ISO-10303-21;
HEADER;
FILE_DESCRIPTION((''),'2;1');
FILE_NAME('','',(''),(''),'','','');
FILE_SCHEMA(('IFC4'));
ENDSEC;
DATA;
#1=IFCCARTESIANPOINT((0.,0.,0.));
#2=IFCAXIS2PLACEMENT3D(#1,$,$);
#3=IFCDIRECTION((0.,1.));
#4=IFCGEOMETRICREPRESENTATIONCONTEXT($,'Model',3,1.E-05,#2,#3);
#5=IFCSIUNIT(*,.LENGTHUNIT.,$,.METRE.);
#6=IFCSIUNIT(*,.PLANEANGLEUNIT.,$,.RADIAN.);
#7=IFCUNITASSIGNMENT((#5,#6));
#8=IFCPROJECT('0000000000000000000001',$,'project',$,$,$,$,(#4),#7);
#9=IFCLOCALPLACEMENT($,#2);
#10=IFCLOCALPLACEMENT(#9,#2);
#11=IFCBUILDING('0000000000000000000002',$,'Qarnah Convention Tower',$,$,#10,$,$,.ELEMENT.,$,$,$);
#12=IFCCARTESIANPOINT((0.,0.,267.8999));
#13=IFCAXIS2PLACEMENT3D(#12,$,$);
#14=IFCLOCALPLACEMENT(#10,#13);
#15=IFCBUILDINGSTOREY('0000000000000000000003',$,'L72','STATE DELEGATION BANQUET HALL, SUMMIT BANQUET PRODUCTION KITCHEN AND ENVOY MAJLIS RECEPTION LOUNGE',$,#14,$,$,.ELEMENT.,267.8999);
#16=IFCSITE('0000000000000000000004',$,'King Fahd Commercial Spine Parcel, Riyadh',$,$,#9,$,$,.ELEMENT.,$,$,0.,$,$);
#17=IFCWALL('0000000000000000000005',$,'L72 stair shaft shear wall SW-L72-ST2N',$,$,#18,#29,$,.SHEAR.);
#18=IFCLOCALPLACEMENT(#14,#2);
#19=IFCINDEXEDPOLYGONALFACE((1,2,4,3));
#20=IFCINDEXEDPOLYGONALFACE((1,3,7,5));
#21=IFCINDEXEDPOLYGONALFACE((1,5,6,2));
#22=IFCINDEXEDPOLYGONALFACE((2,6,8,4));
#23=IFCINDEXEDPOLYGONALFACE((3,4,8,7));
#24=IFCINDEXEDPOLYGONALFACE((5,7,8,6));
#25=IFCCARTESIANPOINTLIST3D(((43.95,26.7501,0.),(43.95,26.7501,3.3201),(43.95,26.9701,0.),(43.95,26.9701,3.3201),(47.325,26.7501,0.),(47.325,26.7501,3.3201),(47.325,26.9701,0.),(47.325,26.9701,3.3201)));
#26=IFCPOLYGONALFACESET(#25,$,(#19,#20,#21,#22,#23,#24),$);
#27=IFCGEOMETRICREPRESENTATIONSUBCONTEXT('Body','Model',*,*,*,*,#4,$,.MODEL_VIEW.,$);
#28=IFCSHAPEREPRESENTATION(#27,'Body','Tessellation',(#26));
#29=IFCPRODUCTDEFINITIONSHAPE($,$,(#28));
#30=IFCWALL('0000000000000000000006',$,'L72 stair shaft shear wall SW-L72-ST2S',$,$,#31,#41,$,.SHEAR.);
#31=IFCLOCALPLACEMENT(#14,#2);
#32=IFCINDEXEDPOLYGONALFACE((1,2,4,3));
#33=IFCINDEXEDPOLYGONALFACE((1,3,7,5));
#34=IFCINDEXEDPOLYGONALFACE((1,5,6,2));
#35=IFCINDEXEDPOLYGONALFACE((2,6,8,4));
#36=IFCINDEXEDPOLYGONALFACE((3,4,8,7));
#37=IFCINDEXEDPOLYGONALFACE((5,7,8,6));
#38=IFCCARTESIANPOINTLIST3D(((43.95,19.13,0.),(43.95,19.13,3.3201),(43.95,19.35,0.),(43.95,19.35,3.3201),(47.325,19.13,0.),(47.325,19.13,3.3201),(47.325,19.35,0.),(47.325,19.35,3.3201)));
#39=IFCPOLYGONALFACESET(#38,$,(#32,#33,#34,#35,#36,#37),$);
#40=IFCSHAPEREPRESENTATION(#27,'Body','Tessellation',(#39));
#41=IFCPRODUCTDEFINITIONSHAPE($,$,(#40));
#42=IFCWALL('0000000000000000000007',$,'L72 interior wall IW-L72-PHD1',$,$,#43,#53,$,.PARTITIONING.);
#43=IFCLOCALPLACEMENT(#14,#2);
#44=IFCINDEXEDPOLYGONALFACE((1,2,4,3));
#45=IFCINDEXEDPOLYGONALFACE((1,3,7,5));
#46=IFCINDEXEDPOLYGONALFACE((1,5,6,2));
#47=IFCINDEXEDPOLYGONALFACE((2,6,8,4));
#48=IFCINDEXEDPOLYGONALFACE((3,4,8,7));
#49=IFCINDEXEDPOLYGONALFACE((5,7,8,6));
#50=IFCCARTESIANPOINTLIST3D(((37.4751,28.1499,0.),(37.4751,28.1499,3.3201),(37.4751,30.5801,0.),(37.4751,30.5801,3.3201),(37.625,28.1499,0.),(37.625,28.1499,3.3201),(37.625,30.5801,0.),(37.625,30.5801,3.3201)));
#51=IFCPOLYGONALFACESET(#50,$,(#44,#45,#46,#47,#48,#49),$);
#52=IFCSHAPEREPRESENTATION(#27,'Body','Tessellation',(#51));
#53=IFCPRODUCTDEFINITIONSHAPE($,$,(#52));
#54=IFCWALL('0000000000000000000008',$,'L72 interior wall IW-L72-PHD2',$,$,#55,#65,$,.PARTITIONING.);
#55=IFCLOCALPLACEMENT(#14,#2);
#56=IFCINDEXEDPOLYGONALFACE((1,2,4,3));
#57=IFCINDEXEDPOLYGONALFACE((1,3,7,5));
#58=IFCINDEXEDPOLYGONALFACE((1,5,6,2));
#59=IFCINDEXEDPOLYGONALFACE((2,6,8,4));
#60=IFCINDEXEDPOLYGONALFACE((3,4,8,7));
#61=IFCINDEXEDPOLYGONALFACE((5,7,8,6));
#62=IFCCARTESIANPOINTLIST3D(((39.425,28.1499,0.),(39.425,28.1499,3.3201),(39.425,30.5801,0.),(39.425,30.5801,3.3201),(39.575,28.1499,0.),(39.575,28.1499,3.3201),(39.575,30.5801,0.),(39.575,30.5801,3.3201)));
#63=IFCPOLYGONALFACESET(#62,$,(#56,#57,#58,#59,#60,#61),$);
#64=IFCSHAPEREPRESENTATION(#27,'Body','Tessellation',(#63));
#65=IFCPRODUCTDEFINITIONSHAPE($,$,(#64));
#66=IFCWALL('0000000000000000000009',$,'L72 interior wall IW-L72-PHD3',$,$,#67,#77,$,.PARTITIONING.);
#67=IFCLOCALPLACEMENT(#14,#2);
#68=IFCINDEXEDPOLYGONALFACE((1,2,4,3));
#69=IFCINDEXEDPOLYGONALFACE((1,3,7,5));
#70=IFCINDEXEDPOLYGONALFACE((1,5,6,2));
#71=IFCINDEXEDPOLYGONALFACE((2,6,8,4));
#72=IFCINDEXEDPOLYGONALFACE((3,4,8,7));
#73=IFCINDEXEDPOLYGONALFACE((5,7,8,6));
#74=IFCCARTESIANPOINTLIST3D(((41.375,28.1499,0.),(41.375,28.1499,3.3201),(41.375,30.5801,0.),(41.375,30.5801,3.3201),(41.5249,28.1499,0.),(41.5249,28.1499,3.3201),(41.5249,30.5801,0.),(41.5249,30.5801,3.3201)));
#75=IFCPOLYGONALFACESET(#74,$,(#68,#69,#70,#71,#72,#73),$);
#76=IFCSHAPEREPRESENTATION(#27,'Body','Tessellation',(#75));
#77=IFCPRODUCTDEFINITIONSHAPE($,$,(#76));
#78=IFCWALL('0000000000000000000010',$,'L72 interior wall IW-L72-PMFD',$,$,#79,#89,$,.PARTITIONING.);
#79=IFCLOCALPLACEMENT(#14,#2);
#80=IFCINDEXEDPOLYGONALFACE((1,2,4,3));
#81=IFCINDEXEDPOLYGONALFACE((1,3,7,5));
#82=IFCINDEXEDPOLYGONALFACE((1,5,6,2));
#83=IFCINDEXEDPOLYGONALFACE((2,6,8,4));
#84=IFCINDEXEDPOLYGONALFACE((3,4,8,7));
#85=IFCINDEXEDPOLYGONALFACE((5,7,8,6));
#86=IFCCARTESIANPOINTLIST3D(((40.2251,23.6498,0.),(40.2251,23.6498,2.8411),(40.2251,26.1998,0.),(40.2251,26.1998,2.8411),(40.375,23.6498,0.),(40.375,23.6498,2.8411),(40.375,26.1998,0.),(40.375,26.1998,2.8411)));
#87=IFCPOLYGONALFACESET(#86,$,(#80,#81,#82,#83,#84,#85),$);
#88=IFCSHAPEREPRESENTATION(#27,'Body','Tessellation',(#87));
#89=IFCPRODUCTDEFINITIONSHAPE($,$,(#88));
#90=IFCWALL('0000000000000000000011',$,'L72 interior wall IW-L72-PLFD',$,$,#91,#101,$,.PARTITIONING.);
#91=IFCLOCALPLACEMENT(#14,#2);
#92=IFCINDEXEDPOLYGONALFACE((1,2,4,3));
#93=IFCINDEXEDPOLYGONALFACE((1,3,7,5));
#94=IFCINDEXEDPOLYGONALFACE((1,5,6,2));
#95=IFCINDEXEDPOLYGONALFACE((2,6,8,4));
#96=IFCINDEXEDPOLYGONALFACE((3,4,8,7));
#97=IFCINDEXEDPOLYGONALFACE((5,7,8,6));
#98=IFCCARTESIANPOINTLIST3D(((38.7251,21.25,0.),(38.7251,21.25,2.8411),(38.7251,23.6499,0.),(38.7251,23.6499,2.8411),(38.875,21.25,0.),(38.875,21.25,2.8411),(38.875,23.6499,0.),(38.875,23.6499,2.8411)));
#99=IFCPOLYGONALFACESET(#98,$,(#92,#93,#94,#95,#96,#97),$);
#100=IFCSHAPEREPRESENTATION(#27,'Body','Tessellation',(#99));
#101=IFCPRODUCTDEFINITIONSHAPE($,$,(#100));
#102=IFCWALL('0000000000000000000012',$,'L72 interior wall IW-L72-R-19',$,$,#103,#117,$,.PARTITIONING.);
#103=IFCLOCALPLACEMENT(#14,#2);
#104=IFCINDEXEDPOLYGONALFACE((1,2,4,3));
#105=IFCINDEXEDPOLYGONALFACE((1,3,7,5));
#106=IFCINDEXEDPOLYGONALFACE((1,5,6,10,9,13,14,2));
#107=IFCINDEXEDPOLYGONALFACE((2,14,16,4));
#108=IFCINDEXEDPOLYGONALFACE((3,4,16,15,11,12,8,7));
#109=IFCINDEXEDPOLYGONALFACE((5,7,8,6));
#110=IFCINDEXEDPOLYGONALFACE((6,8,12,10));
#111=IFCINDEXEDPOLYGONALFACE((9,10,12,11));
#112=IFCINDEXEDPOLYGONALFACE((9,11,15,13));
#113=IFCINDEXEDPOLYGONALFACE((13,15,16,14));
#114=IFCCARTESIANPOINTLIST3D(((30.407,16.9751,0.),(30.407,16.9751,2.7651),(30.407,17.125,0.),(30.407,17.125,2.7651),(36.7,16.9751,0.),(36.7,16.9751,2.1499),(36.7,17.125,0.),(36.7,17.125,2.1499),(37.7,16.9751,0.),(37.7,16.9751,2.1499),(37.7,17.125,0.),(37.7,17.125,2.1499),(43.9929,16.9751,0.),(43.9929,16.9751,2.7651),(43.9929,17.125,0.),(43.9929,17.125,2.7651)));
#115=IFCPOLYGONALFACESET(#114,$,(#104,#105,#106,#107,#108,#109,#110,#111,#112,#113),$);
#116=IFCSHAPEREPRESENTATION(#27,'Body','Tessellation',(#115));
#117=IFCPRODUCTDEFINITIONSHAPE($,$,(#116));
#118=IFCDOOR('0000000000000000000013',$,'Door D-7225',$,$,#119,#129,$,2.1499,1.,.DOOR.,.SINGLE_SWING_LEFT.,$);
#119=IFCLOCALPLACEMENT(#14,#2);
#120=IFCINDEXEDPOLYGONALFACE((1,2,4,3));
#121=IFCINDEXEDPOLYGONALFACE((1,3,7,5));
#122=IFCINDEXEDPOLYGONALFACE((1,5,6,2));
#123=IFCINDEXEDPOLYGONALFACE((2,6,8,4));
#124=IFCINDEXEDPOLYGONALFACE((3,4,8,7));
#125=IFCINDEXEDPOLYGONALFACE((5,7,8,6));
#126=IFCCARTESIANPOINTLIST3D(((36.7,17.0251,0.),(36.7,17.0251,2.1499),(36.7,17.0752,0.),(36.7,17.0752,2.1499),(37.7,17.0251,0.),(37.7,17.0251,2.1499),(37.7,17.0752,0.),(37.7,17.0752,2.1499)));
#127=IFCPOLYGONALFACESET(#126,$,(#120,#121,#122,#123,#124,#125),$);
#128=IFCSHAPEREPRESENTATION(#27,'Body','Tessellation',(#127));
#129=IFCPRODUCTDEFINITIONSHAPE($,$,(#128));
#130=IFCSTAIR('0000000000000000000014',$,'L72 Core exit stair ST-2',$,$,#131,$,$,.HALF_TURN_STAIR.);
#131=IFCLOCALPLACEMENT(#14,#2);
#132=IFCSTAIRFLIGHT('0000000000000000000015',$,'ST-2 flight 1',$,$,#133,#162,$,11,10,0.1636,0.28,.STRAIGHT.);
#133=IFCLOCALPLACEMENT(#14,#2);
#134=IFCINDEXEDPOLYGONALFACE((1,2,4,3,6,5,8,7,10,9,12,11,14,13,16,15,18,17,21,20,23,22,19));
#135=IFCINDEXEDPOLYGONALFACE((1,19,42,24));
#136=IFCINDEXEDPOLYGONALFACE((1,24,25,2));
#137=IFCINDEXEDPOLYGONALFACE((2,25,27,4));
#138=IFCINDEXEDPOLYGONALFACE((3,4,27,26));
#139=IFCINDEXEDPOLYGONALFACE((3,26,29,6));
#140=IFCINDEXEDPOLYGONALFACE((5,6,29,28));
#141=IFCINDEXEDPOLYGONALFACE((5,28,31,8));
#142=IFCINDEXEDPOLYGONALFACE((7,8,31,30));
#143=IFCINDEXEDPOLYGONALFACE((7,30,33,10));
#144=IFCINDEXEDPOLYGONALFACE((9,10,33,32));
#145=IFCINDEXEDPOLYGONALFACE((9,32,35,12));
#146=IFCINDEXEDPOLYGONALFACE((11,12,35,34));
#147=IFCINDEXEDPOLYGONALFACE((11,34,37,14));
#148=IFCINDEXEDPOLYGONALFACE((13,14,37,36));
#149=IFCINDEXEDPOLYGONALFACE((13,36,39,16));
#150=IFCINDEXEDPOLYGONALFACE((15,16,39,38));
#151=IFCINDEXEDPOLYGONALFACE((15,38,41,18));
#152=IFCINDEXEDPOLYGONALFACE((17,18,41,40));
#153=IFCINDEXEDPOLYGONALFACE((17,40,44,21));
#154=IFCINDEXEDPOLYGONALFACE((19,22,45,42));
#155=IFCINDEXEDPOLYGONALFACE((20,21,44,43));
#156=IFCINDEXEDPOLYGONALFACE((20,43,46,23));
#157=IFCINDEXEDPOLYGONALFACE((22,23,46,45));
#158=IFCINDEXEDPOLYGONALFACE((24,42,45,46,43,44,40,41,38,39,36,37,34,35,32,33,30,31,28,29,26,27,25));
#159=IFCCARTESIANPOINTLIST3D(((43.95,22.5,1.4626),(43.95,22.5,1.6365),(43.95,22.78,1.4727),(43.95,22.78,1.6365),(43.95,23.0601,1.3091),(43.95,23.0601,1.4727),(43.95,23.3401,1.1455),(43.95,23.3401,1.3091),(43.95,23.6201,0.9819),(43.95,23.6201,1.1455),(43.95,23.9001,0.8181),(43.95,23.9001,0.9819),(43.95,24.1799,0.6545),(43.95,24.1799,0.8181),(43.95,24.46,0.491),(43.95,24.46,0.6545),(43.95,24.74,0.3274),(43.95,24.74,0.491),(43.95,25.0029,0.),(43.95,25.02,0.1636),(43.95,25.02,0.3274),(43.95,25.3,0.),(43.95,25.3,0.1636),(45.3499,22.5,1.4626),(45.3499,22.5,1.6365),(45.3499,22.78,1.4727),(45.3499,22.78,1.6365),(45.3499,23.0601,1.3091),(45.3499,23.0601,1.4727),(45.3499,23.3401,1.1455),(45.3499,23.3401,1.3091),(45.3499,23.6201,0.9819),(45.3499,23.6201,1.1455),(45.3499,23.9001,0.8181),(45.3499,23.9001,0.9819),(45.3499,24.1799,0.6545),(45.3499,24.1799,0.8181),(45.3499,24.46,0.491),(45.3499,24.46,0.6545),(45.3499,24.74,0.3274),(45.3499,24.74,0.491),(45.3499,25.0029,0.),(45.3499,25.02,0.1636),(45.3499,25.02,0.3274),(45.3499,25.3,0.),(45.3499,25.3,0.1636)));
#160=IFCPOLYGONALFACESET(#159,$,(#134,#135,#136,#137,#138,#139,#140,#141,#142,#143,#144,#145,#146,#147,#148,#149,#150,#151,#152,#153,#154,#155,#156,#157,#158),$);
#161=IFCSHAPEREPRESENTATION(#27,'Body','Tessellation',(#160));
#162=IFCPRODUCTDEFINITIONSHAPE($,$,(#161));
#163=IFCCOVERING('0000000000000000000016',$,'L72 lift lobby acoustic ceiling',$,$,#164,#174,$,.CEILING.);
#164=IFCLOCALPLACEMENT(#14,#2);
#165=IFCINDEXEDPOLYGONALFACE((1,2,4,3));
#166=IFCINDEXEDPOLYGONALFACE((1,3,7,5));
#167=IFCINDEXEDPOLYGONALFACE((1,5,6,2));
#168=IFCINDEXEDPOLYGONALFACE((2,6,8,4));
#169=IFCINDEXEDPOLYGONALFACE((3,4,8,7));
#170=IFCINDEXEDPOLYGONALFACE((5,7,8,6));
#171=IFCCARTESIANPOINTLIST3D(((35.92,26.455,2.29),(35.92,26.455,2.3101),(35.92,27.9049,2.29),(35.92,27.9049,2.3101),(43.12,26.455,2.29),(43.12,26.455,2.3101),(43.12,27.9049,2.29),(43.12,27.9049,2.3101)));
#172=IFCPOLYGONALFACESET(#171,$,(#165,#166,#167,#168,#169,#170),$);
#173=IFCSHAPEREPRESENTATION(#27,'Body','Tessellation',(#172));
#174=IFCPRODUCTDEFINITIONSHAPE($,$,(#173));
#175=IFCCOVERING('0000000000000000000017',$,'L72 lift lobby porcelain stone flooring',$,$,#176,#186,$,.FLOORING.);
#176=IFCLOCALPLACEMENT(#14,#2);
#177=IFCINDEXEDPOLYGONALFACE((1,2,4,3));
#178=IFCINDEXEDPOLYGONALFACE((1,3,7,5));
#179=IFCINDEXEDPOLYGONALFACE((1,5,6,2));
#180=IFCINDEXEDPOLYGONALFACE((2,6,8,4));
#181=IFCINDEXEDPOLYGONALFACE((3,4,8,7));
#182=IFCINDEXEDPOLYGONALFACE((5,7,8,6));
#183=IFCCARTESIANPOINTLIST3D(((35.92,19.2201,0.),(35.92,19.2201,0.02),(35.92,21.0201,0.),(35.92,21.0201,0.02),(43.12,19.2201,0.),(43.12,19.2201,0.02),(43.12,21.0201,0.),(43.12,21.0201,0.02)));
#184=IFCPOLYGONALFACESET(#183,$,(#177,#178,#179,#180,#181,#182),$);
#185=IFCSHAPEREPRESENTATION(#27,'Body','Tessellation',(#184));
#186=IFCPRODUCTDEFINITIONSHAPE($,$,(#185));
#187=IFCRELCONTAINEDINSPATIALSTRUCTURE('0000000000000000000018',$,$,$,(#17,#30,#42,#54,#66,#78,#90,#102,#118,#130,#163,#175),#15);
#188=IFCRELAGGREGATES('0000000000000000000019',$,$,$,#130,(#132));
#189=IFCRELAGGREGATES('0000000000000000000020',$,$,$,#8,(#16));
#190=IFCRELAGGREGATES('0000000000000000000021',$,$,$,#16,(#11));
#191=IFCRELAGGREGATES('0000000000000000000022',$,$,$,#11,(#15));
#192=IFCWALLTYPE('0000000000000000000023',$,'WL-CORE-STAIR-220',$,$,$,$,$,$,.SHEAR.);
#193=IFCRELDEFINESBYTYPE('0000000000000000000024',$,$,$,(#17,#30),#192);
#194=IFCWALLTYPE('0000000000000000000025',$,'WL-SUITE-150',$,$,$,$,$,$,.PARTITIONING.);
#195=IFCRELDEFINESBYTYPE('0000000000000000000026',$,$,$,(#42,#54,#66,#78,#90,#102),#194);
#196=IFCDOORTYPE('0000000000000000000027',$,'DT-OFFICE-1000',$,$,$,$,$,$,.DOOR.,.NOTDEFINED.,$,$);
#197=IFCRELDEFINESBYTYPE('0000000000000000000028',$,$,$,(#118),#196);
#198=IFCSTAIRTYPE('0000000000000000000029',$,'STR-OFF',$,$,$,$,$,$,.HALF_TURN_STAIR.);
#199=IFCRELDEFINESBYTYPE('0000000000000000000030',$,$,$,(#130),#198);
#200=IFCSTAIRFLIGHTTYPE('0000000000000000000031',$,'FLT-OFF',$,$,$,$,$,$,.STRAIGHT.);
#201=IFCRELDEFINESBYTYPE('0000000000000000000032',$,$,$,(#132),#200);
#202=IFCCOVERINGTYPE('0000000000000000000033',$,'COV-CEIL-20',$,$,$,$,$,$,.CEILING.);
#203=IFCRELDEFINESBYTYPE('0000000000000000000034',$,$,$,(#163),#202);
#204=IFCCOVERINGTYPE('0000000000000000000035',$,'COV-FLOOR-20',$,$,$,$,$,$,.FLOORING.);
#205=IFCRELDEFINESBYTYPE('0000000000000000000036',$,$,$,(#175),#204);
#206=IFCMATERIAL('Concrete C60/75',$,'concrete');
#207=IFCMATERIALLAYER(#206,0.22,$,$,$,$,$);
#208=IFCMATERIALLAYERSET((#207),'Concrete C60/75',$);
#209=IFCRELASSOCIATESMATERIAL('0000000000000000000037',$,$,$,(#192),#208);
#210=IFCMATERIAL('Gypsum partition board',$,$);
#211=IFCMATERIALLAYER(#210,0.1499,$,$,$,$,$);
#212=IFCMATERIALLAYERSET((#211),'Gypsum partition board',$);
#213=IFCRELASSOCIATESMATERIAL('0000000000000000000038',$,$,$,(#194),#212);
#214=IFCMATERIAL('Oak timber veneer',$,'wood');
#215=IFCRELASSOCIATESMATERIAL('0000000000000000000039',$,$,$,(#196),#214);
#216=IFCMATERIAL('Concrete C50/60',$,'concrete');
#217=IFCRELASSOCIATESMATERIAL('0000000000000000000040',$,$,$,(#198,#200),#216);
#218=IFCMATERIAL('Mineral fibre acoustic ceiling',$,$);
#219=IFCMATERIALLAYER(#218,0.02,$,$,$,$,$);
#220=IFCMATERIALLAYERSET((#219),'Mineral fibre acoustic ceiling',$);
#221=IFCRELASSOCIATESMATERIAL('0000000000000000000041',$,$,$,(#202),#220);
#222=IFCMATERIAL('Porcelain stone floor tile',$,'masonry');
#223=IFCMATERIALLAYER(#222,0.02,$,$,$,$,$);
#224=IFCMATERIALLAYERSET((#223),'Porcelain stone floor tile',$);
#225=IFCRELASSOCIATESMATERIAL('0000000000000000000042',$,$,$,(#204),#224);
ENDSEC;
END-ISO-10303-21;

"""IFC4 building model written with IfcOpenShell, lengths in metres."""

from ifc_helpers import new_model, si_unit, direction, frame, frame_2d, origin, origin_2d, place, context, subcontext, project, spatial, polyline, rectangle, outline, extrude, material, layer, layer_set, type_object, element, fill, aggregate, save


model = new_model("IFC4")

# Units and contexts
model_context = context("Model", 3, precision=1e-05, world=origin(), true_north=direction((0.0, 1.0)))
body_context = subcontext(model_context, "Body", "Model", "MODEL_VIEW")
ifc_project = project(units=[si_unit("LENGTHUNIT", "METRE"), si_unit("PLANEANGLEUNIT", "RADIAN")], contexts=[model_context])

# Site, building, storey
site_placement = place(None, origin())
site = spatial("IfcSite", under=ifc_project, at=site_placement, Name="King Fahd Commercial Spine Parcel, Riyadh", CompositionType="ELEMENT", RefElevation=0.0)
building_placement = place(site_placement, origin())
building = spatial("IfcBuilding", under=site, at=building_placement, Name="Qarnah Convention Tower", CompositionType="ELEMENT")
storey_placement = place(building_placement, frame((0.0, 0.0, 267.8999)))
storey = spatial("IfcBuildingStorey", under=building, at=storey_placement, Name="L72", Description="STATE DELEGATION BANQUET HALL, SUMMIT BANQUET PRODUCTION KITCHEN AND ENVOY MAJLIS RECEPTION LOUNGE", CompositionType="ELEMENT", Elevation=267.8999)

# Shared definitions
ifc_material_1 = material(Name="Concrete C50/60", Category="concrete")

# Shared definitions
ifc_material_2 = material(Name="Concrete C60/75", Category="concrete")

# Walls
ifc_layer_1 = layer(ifc_material_2, 0.22)
ifc_layer_set_1 = layer_set([ifc_layer_1], Name="Concrete C60/75")
wall_type_1 = type_object("IfcWallType", Name="WL-CORE-STAIR-220", PredefinedType="SHEAR", material=ifc_layer_set_1)
for number, where, z_axis, x_axis, name in (
    (1, (43.95, 26.8601, 0.0), (0.0, 0.0, 1.0), (1.0, 0.0, 0.0), "L72 stair shaft shear wall SW-L72-ST2N"),
    (2, (43.95, 19.24, 0.0), (0.0, 0.0, 1.0), (1.0, 0.0, 0.0), "L72 stair shaft shear wall SW-L72-ST2S"),
):
    element("IfcWall", number, at=place(storey_placement, frame(where, z_axis=z_axis, x_axis=x_axis)), inside=storey, type_object=wall_type_1, Name=name, PredefinedType="SHEAR", context=body_context, shape_type="SweptSolid", body=[
        extrude(rectangle(XDim=3.375, YDim=0.22, at=frame_2d((1.6875, 0.0))), origin(), (0.0, 0.0, 1.0), 3.3201),
    ])
ifc_material_3 = material(Name="Gypsum partition board")
ifc_layer_2 = layer(ifc_material_3, 0.1499)
ifc_layer_set_2 = layer_set([ifc_layer_2], Name="Gypsum partition board")
wall_type_2 = type_object("IfcWallType", Name="WL-SUITE-150", PredefinedType="PARTITIONING", material=ifc_layer_set_2)
for number, where, z_axis, x_axis, name in (
    (3, (37.55, 28.1499, 0.0), (0.0, 0.0, 1.0), (0.0, 1.0, 0.0), "L72 interior wall IW-L72-PHD1"),
    (4, (39.5, 28.1499, 0.0), (0.0, 0.0, 1.0), (0.0, 1.0, 0.0), "L72 interior wall IW-L72-PHD2"),
    (5, (41.45, 28.1499, 0.0), (0.0, 0.0, 1.0), (0.0, 1.0, 0.0), "L72 interior wall IW-L72-PHD3"),
):
    element("IfcWall", number, at=place(storey_placement, frame(where, z_axis=z_axis, x_axis=x_axis)), inside=storey, type_object=wall_type_2, Name=name, PredefinedType="PARTITIONING", context=body_context, shape_type="SweptSolid", body=[
        extrude(rectangle(XDim=2.4302, YDim=0.1499, at=frame_2d((1.2151, 0.0))), origin(), (0.0, 0.0, 1.0), 3.3201),
    ])
wall_1_placement = place(storey_placement, frame((40.3, 23.6499, 0.0), z_axis=(0.0, 0.0, 1.0), x_axis=(0.0, 1.0, 0.0)))
element("IfcWall", 6, at=wall_1_placement, inside=storey, type_object=wall_type_2, Name="L72 interior wall IW-L72-PMFD", PredefinedType="PARTITIONING", context=body_context, shape_type="SweptSolid", body=[
    extrude(rectangle(XDim=2.55, YDim=0.1499, at=frame_2d((1.2749, 0.0))), origin(), (0.0, 0.0, 1.0), 2.8411),
])
wall_2_placement = place(storey_placement, frame((38.8, 21.25, 0.0), z_axis=(0.0, 0.0, 1.0), x_axis=(0.0, 1.0, 0.0)))
element("IfcWall", 7, at=wall_2_placement, inside=storey, type_object=wall_type_2, Name="L72 interior wall IW-L72-PLFD", PredefinedType="PARTITIONING", context=body_context, shape_type="SweptSolid", body=[
    extrude(rectangle(XDim=2.3999, YDim=0.1499, at=frame_2d((1.2, 0.0))), origin(), (0.0, 0.0, 1.0), 2.8411),
])

# Wall, opening, door
wall_3_placement = place(storey_placement, frame((43.9929, 17.05, 0.0), z_axis=(0.0, 0.0, 1.0), x_axis=(-1.0, 0.0, 0.0)))
wall_3 = element("IfcWall", 8, at=wall_3_placement, inside=storey, type_object=wall_type_2, Name="L72 interior wall IW-L72-R-19", PredefinedType="PARTITIONING", context=body_context, shape_type="SweptSolid", body=[
    extrude(rectangle(XDim=13.5859, YDim=0.1499, at=frame_2d((6.793, 0.0))), origin(), (0.0, 0.0, 1.0), 2.7651),
])
opening_1_placement = place(wall_3_placement, frame((6.293, 0.0, 0.0)))
opening_1 = element("IfcOpeningElement", 9, at=opening_1_placement, cuts=wall_3, PredefinedType="OPENING", context=body_context, shape_type="SweptSolid", body=[
    extrude(rectangle(XDim=1.0, YDim=2.1499, at=frame_2d((0.5, 1.075))), frame((0.0, 0.085, 0.0), z_axis=(0.0, -1.0, 0.0), x_axis=(1.0, 0.0, 0.0)), (0.0, 0.0, 1.0), 0.1699),
])
ifc_material_4 = material(Name="Oak timber veneer", Category="wood")
door_type_1 = type_object("IfcDoorType", Name="DT-OFFICE-1000", OperationType="NOTDEFINED", PredefinedType="DOOR", material=ifc_material_4)
door_1_placement = place(opening_1_placement, origin())
door_1 = element("IfcDoor", 10, at=door_1_placement, inside=storey, type_object=door_type_1, Name="Door D-7225", OperationType="SINGLE_SWING_LEFT", OverallHeight=2.1499, OverallWidth=1.0, PredefinedType="DOOR", context=body_context, shape_type="SweptSolid", body=[
    extrude(rectangle(XDim=1.0, YDim=2.1499, at=frame_2d((0.5, 1.075))), frame((0.0, 0.0249, 0.0), z_axis=(0.0, -1.0, 0.0), x_axis=(1.0, 0.0, 0.0)), (0.0, 0.0, 1.0), 0.05),
])
fill(opening_1, door_1)

# Stair, stair flight
stair_type = type_object("IfcStairType", Name="STR-OFF", PredefinedType="HALF_TURN_STAIR", material=ifc_material_1)
stair_placement = place(storey_placement, origin())
stair = element("IfcStair", 11, at=stair_placement, inside=storey, type_object=stair_type, Name="L72 Core exit stair ST-2", PredefinedType="HALF_TURN_STAIR")
stair_flight_type = type_object("IfcStairFlightType", Name="FLT-OFF", PredefinedType="STRAIGHT", material=ifc_material_1)
stair_flight_placement = place(storey_placement, frame((44.6499, 25.3, 0.0), z_axis=(0.0, 0.0, 1.0), x_axis=(0.0, -1.0, 0.0)))
stair_flight = element("IfcStairFlight", 12, at=stair_flight_placement, type_object=stair_flight_type, Name="ST-2 flight 1", NumberOfRisers=11, NumberOfTreads=10, PredefinedType="STRAIGHT", RiserHeight=0.1636, TreadLength=0.28, context=body_context, shape_type="SweptSolid", body=[
    extrude(outline(polyline([(0.0, 0.0), (0.0, 0.1636), (0.28, 0.1636), (0.28, 0.3274), (0.5601, 0.3274), (0.5601, 0.491), (0.8401, 0.491), (0.8401, 0.6545), (1.1201, 0.6545), (1.1201, 0.8181), (1.3999, 0.8181), (1.3999, 0.9819), (1.6799, 0.9819), (1.6799, 1.1455), (1.96, 1.1455), (1.96, 1.3091), (2.24, 1.3091), (2.24, 1.4727), (2.52, 1.4727), (2.52, 1.6365), (2.8, 1.6365), (2.8, 1.8), (2.8, 1.4626), (0.2971, 0.0), (0.0, 0.0)])), frame((0.0, 0.7, 0.0), z_axis=(0.0, -1.0, 0.0), x_axis=(1.0, 0.0, 0.0)), (0.0, 0.0, 1.0), 1.3999),
])
aggregate(stair, [stair_flight])

# Coverings
ifc_material_5 = material(Name="Mineral fibre acoustic ceiling")
ifc_layer_3 = layer(ifc_material_5, 0.02)
ifc_layer_set_3 = layer_set([ifc_layer_3], Name="Mineral fibre acoustic ceiling")
covering_type_1 = type_object("IfcCoveringType", Name="COV-CEIL-20", PredefinedType="CEILING", material=ifc_layer_set_3)
covering_1_placement = place(storey_placement, frame((39.52, 27.1799, 2.29), z_axis=(0.0, 0.0, 1.0), x_axis=(1.0, 0.0, 0.0)))
element("IfcCovering", 13, at=covering_1_placement, inside=storey, type_object=covering_type_1, Name="L72 lift lobby acoustic ceiling", PredefinedType="CEILING", context=body_context, shape_type="SweptSolid", body=[
    extrude(rectangle(XDim=7.2, YDim=1.45, at=origin_2d()), origin(), (0.0, 0.0, 1.0), 0.02),
])
ifc_material_6 = material(Name="Porcelain stone floor tile", Category="masonry")
ifc_layer_4 = layer(ifc_material_6, 0.02)
ifc_layer_set_4 = layer_set([ifc_layer_4], Name="Porcelain stone floor tile")
covering_type_2 = type_object("IfcCoveringType", Name="COV-FLOOR-20", PredefinedType="FLOORING", material=ifc_layer_set_4)
covering_2_placement = place(storey_placement, frame((39.52, 20.1201, 0.0), z_axis=(0.0, 0.0, 1.0), x_axis=(1.0, 0.0, 0.0)))
element("IfcCovering", 14, at=covering_2_placement, inside=storey, type_object=covering_type_2, Name="L72 lift lobby porcelain stone flooring", PredefinedType="FLOORING", context=body_context, shape_type="SweptSolid", body=[
    extrude(rectangle(XDim=7.2, YDim=1.8, at=origin_2d()), origin(), (0.0, 0.0, 1.0), 0.02),
])

save(model, "model.ifc")
